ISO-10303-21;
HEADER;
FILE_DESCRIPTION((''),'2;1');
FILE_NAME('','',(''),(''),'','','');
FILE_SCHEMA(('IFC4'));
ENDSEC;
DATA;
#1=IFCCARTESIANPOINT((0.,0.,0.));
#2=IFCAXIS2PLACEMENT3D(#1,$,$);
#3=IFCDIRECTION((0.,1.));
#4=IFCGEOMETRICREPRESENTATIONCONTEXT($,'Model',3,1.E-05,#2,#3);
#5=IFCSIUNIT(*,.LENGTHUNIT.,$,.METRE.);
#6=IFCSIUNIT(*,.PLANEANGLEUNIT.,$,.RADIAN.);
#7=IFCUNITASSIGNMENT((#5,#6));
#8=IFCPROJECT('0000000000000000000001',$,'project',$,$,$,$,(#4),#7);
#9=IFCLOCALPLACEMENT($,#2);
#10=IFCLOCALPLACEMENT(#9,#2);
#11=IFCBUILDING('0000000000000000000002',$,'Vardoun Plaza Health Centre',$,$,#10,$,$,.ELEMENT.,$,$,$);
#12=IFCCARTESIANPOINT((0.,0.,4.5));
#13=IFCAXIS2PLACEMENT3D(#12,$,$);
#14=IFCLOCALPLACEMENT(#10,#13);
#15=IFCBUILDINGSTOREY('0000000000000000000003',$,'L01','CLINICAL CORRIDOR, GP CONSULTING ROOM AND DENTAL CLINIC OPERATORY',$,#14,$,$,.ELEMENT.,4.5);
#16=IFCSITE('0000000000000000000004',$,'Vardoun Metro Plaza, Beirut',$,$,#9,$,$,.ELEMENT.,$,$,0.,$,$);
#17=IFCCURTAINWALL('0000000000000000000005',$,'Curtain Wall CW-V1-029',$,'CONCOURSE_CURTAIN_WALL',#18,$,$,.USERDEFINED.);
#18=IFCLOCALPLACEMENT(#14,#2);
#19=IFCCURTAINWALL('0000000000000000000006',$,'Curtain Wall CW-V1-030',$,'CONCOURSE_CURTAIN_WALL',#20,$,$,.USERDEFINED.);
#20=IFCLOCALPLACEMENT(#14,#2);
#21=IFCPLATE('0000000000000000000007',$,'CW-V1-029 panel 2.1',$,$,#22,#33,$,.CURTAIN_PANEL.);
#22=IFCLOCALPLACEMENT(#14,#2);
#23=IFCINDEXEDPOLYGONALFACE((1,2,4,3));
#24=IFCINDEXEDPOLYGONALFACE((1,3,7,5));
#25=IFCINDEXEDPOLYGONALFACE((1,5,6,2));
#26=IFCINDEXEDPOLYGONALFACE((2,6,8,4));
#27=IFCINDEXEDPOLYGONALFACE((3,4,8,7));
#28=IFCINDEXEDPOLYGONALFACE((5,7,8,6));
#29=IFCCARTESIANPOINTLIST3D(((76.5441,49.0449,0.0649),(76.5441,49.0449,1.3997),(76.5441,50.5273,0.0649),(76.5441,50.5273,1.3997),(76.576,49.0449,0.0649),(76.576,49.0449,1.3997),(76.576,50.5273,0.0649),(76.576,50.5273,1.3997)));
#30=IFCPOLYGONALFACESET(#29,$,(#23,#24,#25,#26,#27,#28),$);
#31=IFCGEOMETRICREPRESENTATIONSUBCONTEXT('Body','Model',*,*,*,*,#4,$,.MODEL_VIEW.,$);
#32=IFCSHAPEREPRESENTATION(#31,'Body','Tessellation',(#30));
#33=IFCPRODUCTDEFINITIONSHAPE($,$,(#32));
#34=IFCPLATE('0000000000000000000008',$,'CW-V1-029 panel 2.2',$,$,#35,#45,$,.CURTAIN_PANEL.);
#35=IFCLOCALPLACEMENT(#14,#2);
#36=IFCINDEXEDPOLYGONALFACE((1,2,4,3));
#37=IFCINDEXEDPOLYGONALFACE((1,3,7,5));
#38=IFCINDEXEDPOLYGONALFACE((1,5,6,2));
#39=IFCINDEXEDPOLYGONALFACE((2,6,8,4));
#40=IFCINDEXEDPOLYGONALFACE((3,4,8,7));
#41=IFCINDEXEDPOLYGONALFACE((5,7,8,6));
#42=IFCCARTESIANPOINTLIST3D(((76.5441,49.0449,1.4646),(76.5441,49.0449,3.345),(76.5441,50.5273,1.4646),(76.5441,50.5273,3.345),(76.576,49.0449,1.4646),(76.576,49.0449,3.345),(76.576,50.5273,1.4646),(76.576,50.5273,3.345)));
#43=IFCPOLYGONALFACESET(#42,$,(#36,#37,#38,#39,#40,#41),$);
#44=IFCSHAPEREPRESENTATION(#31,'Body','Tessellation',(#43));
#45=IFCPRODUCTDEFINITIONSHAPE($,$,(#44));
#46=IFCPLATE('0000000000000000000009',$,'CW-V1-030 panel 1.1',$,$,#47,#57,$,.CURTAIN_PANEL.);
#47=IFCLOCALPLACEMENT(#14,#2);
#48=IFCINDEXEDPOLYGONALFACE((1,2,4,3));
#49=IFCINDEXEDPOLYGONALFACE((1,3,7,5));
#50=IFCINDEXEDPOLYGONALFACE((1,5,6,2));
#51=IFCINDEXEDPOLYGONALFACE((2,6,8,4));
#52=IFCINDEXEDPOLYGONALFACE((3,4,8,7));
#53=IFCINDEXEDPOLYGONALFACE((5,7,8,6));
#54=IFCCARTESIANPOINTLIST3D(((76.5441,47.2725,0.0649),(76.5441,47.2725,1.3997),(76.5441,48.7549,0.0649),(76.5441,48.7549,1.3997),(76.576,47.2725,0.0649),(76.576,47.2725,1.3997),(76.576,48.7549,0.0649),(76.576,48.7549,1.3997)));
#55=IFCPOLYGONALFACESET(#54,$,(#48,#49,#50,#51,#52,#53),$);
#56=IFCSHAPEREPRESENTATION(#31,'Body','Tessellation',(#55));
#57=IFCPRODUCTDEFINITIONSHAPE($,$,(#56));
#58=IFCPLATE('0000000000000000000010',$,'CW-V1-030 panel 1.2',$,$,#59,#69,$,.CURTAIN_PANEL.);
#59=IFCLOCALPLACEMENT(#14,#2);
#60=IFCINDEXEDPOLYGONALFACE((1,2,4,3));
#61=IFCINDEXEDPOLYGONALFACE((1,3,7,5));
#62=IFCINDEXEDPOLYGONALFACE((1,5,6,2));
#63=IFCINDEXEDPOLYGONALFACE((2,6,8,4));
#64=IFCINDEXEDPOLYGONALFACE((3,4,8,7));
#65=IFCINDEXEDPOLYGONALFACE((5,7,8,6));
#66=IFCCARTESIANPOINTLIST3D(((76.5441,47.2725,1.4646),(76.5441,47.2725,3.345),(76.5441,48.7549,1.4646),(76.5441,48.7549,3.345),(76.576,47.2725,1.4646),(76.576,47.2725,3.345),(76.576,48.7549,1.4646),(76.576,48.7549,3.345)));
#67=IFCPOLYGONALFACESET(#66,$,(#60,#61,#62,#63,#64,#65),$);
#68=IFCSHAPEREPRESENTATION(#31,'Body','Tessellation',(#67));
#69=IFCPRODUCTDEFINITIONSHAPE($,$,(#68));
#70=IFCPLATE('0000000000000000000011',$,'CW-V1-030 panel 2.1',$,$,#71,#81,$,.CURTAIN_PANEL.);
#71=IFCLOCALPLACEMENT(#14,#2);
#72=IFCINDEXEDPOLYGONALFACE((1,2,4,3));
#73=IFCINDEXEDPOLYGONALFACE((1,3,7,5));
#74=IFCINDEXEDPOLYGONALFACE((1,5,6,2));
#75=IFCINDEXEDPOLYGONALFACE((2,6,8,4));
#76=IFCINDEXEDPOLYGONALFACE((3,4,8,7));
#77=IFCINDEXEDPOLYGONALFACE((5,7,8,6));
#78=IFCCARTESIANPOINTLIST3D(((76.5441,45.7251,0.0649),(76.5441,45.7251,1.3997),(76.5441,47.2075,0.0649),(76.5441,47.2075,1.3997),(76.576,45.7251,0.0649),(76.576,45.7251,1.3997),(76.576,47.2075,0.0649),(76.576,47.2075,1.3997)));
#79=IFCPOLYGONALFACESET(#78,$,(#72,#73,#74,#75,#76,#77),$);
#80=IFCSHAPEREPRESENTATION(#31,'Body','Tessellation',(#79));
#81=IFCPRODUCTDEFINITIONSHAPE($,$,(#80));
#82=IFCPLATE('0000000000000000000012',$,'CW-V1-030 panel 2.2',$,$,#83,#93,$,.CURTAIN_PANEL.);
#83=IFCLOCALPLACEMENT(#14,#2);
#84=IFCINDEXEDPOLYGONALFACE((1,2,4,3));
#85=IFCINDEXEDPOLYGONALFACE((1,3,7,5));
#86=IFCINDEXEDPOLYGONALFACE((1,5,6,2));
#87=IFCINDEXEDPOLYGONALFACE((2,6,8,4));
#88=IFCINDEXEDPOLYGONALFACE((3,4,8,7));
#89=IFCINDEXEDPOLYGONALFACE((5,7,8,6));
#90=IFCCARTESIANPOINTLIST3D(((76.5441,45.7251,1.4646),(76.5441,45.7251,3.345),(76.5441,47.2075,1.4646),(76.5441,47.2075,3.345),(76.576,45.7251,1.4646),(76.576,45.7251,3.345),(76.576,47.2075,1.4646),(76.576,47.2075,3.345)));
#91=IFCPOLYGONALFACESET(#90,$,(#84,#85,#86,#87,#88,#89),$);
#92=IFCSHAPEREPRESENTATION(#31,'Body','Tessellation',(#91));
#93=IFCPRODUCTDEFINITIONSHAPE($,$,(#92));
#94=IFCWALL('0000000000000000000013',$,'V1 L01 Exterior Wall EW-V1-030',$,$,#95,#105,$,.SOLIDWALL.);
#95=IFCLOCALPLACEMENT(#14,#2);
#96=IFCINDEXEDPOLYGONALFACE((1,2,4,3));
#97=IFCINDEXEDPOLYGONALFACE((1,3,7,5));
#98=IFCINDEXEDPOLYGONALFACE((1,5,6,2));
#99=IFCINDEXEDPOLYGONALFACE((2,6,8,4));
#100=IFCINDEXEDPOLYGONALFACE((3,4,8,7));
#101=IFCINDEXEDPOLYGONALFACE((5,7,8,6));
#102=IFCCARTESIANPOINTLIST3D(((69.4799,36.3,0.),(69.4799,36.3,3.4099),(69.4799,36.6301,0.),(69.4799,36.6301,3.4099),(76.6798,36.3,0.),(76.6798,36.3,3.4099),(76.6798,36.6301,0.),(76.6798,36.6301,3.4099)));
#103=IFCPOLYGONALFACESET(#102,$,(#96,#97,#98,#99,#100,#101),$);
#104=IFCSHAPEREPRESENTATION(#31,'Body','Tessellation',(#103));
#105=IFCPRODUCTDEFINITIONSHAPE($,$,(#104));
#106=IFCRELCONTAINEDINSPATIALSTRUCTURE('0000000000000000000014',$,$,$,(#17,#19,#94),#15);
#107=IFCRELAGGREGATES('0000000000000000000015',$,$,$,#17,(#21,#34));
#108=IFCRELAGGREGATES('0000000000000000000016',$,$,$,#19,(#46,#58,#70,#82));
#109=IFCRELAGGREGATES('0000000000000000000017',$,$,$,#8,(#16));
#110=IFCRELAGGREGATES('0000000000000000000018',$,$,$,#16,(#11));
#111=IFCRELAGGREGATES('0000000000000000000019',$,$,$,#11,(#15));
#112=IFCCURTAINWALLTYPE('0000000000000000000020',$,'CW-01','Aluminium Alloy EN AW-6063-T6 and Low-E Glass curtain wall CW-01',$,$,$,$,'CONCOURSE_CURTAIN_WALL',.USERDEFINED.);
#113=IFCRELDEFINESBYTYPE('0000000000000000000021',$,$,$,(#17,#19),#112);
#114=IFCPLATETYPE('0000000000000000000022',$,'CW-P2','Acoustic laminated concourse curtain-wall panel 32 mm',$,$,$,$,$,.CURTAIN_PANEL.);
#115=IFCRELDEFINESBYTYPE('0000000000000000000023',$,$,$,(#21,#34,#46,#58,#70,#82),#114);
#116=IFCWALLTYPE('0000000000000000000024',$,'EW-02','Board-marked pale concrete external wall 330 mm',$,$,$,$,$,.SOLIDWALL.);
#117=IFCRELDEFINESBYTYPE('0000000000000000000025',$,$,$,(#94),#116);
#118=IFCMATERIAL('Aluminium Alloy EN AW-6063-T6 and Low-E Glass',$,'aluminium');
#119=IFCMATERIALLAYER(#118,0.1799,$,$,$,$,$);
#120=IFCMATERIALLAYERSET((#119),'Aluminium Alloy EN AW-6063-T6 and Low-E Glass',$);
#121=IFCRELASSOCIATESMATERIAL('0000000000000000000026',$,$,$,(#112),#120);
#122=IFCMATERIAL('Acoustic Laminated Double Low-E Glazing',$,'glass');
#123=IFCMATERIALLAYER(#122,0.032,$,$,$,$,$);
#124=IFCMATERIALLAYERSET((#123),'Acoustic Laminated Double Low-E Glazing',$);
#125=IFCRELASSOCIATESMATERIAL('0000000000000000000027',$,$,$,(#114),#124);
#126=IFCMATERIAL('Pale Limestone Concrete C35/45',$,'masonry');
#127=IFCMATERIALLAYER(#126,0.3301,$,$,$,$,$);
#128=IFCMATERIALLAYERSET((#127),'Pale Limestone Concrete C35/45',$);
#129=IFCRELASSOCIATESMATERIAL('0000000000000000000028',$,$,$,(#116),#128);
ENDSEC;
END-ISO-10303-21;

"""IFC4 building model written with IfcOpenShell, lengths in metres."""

from ifc_helpers import new_model, si_unit, direction, frame, frame_2d, origin, origin_2d, place, context, subcontext, project, spatial, rectangle, extrude, material, layer, layer_set, type_object, element, aggregate, save


model = new_model("IFC4")

# Units and contexts
model_context = context("Model", 3, precision=1e-05, world=origin(), true_north=direction((0.0, 1.0)))
body_context = subcontext(model_context, "Body", "Model", "MODEL_VIEW")
ifc_project = project(units=[si_unit("LENGTHUNIT", "METRE"), si_unit("PLANEANGLEUNIT", "RADIAN")], contexts=[model_context])

# Site, building, storey
site_placement = place(None, origin())
site = spatial("IfcSite", under=ifc_project, at=site_placement, Name="Vardoun Metro Plaza, Beirut", CompositionType="ELEMENT", RefElevation=0.0)
building_placement = place(site_placement, origin())
building = spatial("IfcBuilding", under=site, at=building_placement, Name="Vardoun Plaza Health Centre", CompositionType="ELEMENT")
storey_placement = place(building_placement, frame((0.0, 0.0, 4.5)))
storey = spatial("IfcBuildingStorey", under=building, at=storey_placement, Name="L01", Description="CLINICAL CORRIDOR, GP CONSULTING ROOM AND DENTAL CLINIC OPERATORY", CompositionType="ELEMENT", Elevation=4.5)

# Curtain wall
ifc_material_1 = material(Name="Aluminium Alloy EN AW-6063-T6 and Low-E Glass", Category="aluminium")
ifc_layer_1 = layer(ifc_material_1, 0.1799)
ifc_layer_set_1 = layer_set([ifc_layer_1], Name="Aluminium Alloy EN AW-6063-T6 and Low-E Glass")
curtain_wall_type_1 = type_object("IfcCurtainWallType", Name="CW-01", Description="Aluminium Alloy EN AW-6063-T6 and Low-E Glass curtain wall CW-01", ElementType="CONCOURSE_CURTAIN_WALL", PredefinedType="USERDEFINED", material=ifc_layer_set_1)
curtain_wall_1_placement = place(storey_placement, origin())
curtain_wall_1 = element("IfcCurtainWall", 1, at=curtain_wall_1_placement, inside=storey, type_object=curtain_wall_type_1, Name="Curtain Wall CW-V1-029", ObjectType="CONCOURSE_CURTAIN_WALL", PredefinedType="USERDEFINED")

# Curtain wall
curtain_wall_2_placement = place(storey_placement, origin())
curtain_wall_2 = element("IfcCurtainWall", 2, at=curtain_wall_2_placement, inside=storey, type_object=curtain_wall_type_1, Name="Curtain Wall CW-V1-030", ObjectType="CONCOURSE_CURTAIN_WALL", PredefinedType="USERDEFINED")

# Plates
ifc_material_2 = material(Name="Acoustic Laminated Double Low-E Glazing", Category="glass")
ifc_layer_2 = layer(ifc_material_2, 0.032)
ifc_layer_set_2 = layer_set([ifc_layer_2], Name="Acoustic Laminated Double Low-E Glazing")
plate_type = type_object("IfcPlateType", Name="CW-P2", Description="Acoustic laminated concourse curtain-wall panel 32 mm", PredefinedType="CURTAIN_PANEL", material=ifc_layer_set_2)
plate_1_placement = place(storey_placement, frame((76.5601, 49.7861, 0.0649), z_axis=(0.0, 0.0, 1.0), x_axis=(0.0, -1.0, 0.0)))
plate_1 = element("IfcPlate", 3, at=plate_1_placement, type_object=plate_type, Name="CW-V1-029 panel 2.1", PredefinedType="CURTAIN_PANEL", context=body_context, shape_type="SweptSolid", body=[
    extrude(rectangle(XDim=1.4824, YDim=0.032, at=origin_2d()), origin(), (0.0, 0.0, 1.0), 1.3347),
])
plate_2_placement = place(storey_placement, frame((76.5601, 49.7861, 1.4646), z_axis=(0.0, 0.0, 1.0), x_axis=(0.0, -1.0, 0.0)))
plate_2 = element("IfcPlate", 4, at=plate_2_placement, type_object=plate_type, Name="CW-V1-029 panel 2.2", PredefinedType="CURTAIN_PANEL", context=body_context, shape_type="SweptSolid", body=[
    extrude(rectangle(XDim=1.4824, YDim=0.032, at=origin_2d()), origin(), (0.0, 0.0, 1.0), 1.8804),
])
aggregate(curtain_wall_1, [plate_1, plate_2])
plate_3_placement = place(storey_placement, frame((76.5601, 48.0137, 0.0649), z_axis=(0.0, 0.0, 1.0), x_axis=(0.0, -1.0, 0.0)))
plate_3 = element("IfcPlate", 5, at=plate_3_placement, type_object=plate_type, Name="CW-V1-030 panel 1.1", PredefinedType="CURTAIN_PANEL", context=body_context, shape_type="SweptSolid", body=[
    extrude(rectangle(XDim=1.4824, YDim=0.032, at=origin_2d()), origin(), (0.0, 0.0, 1.0), 1.3347),
])
plate_4_placement = place(storey_placement, frame((76.5601, 48.0137, 1.4646), z_axis=(0.0, 0.0, 1.0), x_axis=(0.0, -1.0, 0.0)))
plate_4 = element("IfcPlate", 6, at=plate_4_placement, type_object=plate_type, Name="CW-V1-030 panel 1.2", PredefinedType="CURTAIN_PANEL", context=body_context, shape_type="SweptSolid", body=[
    extrude(rectangle(XDim=1.4824, YDim=0.032, at=origin_2d()), origin(), (0.0, 0.0, 1.0), 1.8804),
])
plate_5_placement = place(storey_placement, frame((76.5601, 46.4663, 0.0649), z_axis=(0.0, 0.0, 1.0), x_axis=(0.0, -1.0, 0.0)))
plate_5 = element("IfcPlate", 7, at=plate_5_placement, type_object=plate_type, Name="CW-V1-030 panel 2.1", PredefinedType="CURTAIN_PANEL", context=body_context, shape_type="SweptSolid", body=[
    extrude(rectangle(XDim=1.4824, YDim=0.032, at=origin_2d()), origin(), (0.0, 0.0, 1.0), 1.3347),
])
plate_6_placement = place(storey_placement, frame((76.5601, 46.4663, 1.4646), z_axis=(0.0, 0.0, 1.0), x_axis=(0.0, -1.0, 0.0)))
plate_6 = element("IfcPlate", 8, at=plate_6_placement, type_object=plate_type, Name="CW-V1-030 panel 2.2", PredefinedType="CURTAIN_PANEL", context=body_context, shape_type="SweptSolid", body=[
    extrude(rectangle(XDim=1.4824, YDim=0.032, at=origin_2d()), origin(), (0.0, 0.0, 1.0), 1.8804),
])
aggregate(curtain_wall_2, [plate_3, plate_4, plate_5, plate_6])

# Wall
ifc_material_3 = material(Name="Pale Limestone Concrete C35/45", Category="masonry")
ifc_layer_3 = layer(ifc_material_3, 0.3301)
ifc_layer_set_3 = layer_set([ifc_layer_3], Name="Pale Limestone Concrete C35/45")
wall_type = type_object("IfcWallType", Name="EW-02", Description="Board-marked pale concrete external wall 330 mm", PredefinedType="SOLIDWALL", material=ifc_layer_set_3)
wall_placement = place(storey_placement, frame((76.6799, 36.4651, 0.0), z_axis=(0.0, 0.0, 1.0), x_axis=(-1.0, 0.0, 0.0)))
element("IfcWall", 9, at=wall_placement, inside=storey, type_object=wall_type, Name="V1 L01 Exterior Wall EW-V1-030", PredefinedType="SOLIDWALL", context=body_context, shape_type="SweptSolid", body=[
    extrude(rectangle(XDim=7.2, YDim=0.3301, at=frame_2d((3.6001, 0.0))), origin(), (0.0, 0.0, 1.0), 3.4099),
])

save(model, "model.ifc")
